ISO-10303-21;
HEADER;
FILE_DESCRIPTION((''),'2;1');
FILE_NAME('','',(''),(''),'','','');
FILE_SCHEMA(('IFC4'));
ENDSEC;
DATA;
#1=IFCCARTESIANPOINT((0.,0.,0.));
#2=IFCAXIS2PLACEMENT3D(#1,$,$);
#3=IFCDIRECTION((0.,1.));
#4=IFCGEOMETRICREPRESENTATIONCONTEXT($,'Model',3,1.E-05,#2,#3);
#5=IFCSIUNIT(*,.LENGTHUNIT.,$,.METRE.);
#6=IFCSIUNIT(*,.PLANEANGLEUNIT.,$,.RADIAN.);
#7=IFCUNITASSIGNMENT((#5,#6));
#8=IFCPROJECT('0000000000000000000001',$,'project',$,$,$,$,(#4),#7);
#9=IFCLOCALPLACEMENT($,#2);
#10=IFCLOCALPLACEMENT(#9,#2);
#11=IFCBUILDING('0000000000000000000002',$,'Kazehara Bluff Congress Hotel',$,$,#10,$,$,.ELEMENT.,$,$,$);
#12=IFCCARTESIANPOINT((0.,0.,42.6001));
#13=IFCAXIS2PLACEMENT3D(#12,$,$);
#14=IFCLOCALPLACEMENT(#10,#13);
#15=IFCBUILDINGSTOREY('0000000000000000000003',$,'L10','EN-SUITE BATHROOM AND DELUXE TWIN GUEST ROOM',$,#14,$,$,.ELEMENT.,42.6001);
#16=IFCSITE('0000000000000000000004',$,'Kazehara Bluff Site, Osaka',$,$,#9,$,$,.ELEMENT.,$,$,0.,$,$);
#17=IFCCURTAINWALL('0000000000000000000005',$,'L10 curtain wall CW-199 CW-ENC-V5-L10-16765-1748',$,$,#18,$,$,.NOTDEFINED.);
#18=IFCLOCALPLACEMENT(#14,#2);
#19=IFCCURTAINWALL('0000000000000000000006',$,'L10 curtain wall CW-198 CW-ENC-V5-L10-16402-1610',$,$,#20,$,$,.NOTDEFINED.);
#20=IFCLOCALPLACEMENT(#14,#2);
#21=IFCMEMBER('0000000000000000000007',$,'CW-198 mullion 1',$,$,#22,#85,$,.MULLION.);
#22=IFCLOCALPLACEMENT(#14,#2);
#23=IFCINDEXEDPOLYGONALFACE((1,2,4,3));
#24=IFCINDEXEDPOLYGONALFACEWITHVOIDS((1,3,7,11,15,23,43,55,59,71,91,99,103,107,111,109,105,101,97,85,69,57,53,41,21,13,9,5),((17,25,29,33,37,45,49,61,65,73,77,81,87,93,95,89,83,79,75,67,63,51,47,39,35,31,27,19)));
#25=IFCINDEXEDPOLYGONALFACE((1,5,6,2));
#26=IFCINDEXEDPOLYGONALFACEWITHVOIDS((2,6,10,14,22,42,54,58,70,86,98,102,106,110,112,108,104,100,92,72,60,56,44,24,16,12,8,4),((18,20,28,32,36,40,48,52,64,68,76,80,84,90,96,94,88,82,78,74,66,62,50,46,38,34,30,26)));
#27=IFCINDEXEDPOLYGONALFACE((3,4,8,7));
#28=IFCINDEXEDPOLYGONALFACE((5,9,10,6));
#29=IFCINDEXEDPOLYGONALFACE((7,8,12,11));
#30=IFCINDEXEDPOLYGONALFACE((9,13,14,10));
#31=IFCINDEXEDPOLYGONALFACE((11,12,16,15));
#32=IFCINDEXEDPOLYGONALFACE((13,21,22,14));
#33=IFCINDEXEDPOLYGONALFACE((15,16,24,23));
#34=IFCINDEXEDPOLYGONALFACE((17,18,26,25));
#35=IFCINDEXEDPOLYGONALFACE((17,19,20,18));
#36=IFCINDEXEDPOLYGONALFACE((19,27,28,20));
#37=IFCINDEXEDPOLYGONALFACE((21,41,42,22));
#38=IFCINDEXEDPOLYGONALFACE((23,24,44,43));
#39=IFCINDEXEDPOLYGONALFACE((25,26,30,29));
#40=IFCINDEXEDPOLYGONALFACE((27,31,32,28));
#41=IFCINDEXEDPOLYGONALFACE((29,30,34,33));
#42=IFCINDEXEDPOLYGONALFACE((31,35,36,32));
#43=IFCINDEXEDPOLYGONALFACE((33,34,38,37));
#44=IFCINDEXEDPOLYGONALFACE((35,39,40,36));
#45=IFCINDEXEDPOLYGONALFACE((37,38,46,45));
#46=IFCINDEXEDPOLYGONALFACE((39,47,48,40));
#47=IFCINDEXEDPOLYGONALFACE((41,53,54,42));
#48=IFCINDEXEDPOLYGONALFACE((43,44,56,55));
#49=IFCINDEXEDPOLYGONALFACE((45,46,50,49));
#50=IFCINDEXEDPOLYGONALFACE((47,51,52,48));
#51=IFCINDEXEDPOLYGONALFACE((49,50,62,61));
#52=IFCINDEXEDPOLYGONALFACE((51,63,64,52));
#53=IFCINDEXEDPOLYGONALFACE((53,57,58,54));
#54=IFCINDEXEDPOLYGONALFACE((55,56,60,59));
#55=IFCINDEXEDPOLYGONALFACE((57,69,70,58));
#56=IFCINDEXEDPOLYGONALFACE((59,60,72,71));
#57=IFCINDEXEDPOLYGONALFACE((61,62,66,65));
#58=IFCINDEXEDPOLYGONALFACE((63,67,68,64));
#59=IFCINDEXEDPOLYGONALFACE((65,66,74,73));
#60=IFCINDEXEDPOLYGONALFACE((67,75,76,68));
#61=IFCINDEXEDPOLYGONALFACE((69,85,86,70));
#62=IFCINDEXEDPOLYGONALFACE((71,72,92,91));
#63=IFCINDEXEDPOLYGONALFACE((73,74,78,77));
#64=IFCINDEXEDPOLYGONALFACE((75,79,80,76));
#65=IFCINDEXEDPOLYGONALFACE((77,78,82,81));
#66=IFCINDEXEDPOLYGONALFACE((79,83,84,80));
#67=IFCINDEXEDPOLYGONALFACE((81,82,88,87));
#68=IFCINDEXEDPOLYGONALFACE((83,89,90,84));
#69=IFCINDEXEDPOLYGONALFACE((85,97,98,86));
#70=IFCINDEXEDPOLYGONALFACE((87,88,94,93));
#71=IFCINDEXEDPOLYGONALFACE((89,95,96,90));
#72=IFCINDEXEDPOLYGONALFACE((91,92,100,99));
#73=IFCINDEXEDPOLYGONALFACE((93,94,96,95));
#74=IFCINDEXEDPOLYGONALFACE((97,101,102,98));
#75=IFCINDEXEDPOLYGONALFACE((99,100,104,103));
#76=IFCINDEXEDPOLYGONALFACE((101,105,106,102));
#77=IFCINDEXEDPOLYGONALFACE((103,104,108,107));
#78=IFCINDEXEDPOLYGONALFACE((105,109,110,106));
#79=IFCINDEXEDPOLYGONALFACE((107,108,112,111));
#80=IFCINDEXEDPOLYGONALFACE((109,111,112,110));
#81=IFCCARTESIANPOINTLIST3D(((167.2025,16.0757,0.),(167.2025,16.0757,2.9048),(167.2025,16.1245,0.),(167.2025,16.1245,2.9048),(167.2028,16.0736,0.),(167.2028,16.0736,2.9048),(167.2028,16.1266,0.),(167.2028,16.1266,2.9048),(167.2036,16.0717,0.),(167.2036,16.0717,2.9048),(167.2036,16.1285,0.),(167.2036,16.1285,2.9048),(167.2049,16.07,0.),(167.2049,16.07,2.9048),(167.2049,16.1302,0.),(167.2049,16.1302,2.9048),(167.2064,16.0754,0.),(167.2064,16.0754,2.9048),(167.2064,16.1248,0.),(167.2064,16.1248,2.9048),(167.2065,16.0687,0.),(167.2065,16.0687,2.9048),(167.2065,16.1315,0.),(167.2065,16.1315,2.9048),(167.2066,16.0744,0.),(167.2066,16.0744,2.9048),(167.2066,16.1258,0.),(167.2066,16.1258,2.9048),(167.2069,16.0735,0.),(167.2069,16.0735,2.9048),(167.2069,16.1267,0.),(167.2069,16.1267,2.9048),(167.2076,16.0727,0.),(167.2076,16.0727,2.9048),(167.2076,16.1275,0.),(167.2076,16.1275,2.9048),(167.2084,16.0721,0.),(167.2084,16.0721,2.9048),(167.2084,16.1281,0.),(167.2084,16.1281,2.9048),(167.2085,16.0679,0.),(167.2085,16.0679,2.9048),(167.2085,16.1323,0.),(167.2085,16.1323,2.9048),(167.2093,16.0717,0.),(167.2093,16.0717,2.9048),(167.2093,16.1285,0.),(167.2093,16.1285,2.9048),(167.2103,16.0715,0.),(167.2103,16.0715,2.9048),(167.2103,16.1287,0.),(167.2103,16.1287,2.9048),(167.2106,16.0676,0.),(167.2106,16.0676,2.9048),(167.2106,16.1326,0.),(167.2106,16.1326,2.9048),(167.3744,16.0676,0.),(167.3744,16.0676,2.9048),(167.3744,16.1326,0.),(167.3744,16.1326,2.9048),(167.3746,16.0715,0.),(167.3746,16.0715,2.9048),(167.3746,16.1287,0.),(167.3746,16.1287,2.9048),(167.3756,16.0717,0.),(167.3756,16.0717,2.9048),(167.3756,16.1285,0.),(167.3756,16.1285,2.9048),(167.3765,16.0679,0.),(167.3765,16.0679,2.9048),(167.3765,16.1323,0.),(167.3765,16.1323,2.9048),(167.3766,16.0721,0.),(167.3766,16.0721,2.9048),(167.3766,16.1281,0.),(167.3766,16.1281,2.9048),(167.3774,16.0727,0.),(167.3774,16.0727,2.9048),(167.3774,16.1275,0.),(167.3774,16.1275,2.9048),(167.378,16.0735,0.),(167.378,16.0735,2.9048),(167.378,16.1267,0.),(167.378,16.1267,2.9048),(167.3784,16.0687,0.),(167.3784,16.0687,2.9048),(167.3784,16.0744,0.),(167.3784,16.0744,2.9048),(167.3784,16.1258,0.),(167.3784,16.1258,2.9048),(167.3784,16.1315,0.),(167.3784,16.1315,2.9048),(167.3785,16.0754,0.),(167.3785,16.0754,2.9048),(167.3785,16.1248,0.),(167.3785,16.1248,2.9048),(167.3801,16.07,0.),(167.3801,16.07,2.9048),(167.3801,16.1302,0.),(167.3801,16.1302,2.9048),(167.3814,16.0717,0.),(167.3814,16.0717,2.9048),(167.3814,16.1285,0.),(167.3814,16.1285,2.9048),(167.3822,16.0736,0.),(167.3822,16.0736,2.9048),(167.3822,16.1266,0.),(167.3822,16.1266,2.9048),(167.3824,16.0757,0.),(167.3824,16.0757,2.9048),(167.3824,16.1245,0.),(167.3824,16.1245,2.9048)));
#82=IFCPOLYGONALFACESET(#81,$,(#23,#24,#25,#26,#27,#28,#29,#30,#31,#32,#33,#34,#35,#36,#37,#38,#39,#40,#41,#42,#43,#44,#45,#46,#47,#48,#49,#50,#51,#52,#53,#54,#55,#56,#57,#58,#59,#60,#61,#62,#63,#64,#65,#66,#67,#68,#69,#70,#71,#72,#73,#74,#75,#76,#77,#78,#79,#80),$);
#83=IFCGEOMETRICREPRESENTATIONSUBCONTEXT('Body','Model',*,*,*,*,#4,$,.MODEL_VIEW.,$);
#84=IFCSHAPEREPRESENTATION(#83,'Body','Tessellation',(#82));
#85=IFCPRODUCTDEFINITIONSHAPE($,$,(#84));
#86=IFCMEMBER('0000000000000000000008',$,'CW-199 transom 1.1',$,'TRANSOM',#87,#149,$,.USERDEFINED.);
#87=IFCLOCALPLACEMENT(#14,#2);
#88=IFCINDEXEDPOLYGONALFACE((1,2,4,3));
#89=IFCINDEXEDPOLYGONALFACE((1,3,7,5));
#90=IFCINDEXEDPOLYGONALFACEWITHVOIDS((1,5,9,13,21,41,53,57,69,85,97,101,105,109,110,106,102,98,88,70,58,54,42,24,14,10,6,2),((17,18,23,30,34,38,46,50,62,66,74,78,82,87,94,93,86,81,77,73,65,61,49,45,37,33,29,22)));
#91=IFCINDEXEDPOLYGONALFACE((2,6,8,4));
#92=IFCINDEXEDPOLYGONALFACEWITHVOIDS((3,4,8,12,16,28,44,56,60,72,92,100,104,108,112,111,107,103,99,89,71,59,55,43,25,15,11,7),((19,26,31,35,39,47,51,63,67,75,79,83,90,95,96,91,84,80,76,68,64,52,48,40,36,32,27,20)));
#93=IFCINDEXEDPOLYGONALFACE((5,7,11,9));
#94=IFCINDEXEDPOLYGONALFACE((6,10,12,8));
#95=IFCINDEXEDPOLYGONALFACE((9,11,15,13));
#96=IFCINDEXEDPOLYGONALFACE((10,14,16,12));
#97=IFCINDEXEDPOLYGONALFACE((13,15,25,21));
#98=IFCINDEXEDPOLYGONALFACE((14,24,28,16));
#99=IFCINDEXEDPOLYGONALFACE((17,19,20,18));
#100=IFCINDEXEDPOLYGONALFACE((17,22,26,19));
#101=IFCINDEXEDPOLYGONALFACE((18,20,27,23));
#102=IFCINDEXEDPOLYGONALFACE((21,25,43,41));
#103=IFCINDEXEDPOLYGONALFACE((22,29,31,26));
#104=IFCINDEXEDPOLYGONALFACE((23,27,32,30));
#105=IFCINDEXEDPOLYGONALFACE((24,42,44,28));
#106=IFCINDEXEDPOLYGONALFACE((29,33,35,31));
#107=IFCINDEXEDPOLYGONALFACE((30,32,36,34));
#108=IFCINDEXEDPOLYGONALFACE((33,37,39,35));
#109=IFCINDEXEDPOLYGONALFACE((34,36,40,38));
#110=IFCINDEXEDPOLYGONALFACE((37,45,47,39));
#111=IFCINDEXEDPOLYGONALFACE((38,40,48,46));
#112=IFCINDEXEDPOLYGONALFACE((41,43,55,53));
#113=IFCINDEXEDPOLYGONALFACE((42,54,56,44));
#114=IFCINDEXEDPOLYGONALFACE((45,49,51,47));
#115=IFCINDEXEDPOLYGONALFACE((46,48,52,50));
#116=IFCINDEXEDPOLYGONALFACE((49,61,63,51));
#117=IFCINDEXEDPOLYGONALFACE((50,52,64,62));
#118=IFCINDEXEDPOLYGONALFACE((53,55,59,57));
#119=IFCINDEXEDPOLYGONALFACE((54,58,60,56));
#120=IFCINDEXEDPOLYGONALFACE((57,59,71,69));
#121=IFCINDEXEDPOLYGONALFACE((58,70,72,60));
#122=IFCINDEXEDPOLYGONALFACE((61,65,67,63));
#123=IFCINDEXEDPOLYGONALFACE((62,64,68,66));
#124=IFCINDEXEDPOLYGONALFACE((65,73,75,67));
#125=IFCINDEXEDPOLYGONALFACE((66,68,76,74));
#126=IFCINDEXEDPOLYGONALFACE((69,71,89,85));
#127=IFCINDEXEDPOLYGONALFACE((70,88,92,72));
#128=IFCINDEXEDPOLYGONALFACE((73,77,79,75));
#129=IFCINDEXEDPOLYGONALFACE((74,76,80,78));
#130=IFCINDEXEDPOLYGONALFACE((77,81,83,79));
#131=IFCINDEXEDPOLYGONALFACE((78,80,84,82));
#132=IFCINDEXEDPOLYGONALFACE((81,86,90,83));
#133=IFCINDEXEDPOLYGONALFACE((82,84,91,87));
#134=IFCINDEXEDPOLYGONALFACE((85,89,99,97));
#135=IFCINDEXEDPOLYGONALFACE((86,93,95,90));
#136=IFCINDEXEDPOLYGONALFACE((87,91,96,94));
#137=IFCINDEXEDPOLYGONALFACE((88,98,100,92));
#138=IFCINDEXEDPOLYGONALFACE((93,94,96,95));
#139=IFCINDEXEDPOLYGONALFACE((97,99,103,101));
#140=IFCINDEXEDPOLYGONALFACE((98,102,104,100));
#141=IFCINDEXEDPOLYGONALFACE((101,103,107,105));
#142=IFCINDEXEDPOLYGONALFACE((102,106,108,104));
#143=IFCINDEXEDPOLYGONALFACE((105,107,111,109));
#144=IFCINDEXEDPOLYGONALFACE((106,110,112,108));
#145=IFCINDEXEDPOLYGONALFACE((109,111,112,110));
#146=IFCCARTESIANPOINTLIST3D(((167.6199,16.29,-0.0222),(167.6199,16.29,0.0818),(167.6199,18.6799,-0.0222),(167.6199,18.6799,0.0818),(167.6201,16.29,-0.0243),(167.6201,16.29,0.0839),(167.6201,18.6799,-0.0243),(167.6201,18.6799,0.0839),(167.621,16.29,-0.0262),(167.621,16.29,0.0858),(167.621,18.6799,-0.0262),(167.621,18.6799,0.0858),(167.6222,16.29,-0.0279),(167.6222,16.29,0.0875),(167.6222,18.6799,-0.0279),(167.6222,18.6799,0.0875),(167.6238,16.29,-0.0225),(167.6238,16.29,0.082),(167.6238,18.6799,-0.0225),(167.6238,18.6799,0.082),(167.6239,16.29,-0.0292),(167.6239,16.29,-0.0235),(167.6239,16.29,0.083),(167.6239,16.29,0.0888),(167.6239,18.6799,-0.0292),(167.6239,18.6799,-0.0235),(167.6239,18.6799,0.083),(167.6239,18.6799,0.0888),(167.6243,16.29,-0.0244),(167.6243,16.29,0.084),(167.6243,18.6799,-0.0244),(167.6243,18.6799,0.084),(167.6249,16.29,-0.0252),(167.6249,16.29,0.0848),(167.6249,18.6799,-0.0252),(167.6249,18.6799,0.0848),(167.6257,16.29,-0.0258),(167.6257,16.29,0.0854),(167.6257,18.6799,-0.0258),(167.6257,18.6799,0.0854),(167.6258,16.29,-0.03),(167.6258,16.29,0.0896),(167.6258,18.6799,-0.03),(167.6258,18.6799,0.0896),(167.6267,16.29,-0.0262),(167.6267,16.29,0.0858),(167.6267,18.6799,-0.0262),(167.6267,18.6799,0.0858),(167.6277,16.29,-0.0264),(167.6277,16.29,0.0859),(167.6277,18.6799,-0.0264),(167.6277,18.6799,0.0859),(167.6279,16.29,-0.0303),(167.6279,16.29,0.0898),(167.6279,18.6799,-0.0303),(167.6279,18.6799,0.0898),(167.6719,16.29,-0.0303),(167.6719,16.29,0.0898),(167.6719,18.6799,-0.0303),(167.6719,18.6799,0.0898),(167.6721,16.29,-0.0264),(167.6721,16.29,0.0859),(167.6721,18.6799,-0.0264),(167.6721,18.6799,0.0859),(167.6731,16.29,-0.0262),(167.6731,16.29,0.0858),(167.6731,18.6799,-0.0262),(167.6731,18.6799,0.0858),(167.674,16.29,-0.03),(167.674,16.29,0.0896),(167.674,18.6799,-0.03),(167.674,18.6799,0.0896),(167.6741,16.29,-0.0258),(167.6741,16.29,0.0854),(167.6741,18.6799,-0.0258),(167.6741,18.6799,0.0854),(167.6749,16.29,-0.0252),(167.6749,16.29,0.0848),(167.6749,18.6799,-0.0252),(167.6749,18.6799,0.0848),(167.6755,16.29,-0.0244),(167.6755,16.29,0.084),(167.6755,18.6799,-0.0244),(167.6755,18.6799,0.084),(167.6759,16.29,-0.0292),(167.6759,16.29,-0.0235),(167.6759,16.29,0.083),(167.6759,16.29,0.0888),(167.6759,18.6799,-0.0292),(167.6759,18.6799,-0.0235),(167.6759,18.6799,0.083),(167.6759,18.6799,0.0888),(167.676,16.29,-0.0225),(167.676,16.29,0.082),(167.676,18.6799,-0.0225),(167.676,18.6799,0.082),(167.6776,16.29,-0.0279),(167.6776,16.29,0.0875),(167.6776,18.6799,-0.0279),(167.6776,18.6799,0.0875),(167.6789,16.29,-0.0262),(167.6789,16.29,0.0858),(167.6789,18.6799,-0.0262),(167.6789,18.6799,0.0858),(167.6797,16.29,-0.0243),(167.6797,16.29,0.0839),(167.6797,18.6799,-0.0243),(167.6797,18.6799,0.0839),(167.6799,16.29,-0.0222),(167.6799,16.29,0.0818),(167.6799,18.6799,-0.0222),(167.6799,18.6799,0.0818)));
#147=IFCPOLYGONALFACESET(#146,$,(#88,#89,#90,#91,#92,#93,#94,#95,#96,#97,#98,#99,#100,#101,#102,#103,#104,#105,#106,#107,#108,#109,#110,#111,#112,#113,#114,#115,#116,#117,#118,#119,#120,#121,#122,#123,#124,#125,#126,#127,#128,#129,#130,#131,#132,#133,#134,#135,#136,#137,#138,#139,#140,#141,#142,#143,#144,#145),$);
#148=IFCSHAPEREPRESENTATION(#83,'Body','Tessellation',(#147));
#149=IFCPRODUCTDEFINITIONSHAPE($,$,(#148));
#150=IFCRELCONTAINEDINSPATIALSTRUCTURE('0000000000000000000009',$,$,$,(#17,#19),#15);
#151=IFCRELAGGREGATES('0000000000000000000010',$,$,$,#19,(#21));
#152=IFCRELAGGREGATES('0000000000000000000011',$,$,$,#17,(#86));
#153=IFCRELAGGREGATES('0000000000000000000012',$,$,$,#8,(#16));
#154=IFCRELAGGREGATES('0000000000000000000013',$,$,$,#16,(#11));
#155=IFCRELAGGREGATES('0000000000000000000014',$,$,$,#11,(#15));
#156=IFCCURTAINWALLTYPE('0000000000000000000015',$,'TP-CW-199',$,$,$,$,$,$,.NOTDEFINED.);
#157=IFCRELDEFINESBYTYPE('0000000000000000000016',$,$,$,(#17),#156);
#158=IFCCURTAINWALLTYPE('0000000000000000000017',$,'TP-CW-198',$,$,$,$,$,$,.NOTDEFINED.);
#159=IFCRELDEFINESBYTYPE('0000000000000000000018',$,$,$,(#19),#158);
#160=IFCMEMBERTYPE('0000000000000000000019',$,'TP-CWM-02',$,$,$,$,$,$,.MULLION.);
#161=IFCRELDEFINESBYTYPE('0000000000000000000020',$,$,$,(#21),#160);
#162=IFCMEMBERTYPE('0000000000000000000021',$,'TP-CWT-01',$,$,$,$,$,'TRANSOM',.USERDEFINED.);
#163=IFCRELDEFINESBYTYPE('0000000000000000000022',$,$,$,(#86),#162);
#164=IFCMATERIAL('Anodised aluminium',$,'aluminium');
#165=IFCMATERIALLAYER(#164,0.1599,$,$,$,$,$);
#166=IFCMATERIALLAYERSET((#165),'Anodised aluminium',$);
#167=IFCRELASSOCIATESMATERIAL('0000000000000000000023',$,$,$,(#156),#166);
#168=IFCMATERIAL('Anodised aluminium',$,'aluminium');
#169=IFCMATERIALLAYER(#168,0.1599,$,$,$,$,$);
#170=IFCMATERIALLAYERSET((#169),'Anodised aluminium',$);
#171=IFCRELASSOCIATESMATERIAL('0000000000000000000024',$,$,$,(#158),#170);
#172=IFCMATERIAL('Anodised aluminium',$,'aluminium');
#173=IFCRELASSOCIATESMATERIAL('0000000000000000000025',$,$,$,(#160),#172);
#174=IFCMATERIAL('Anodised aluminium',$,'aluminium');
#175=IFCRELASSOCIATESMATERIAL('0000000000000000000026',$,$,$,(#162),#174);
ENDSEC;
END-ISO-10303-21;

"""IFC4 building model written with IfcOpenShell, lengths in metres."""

from ifc_helpers import new_model, si_unit, direction, frame, origin, origin_2d, place, context, subcontext, project, spatial, hollow_rectangle, extrude, material, layer, layer_set, material_profile, profile_set, type_object, element, aggregate, save


model = new_model("IFC4")

# Units and contexts
model_context = context("Model", 3, precision=1e-05, world=origin(), true_north=direction((0.0, 1.0)))
body_context = subcontext(model_context, "Body", "Model", "MODEL_VIEW")
ifc_project = project(units=[si_unit("LENGTHUNIT", "METRE"), si_unit("PLANEANGLEUNIT", "RADIAN")], contexts=[model_context])

# Site, building, storey
site_placement = place(None, origin())
site = spatial("IfcSite", under=ifc_project, at=site_placement, Name="Kazehara Bluff Site, Osaka", CompositionType="ELEMENT", RefElevation=0.0)
building_placement = place(site_placement, origin())
building = spatial("IfcBuilding", under=site, at=building_placement, Name="Kazehara Bluff Congress Hotel", CompositionType="ELEMENT")
storey_placement = place(building_placement, frame((0.0, 0.0, 42.6001)))
storey = spatial("IfcBuildingStorey", under=building, at=storey_placement, Name="L10", Description="EN-SUITE BATHROOM AND DELUXE TWIN GUEST ROOM", CompositionType="ELEMENT", Elevation=42.6001)

# Curtain wall
ifc_material_1 = material(Name="Anodised aluminium", Category="aluminium")
ifc_layer_1 = layer(ifc_material_1, 0.1599)
ifc_layer_set_1 = layer_set([ifc_layer_1], Name="Anodised aluminium")
curtain_wall_type_1 = type_object("IfcCurtainWallType", Name="TP-CW-199", PredefinedType="NOTDEFINED", material=ifc_layer_set_1)
curtain_wall_1_placement = place(storey_placement, origin())
curtain_wall_1 = element("IfcCurtainWall", 1, at=curtain_wall_1_placement, inside=storey, type_object=curtain_wall_type_1, Name="L10 curtain wall CW-199 CW-ENC-V5-L10-16765-1748", PredefinedType="NOTDEFINED")

# Curtain wall, member
ifc_material_2 = material(Name="Anodised aluminium", Category="aluminium")
ifc_layer_2 = layer(ifc_material_2, 0.1599)
ifc_layer_set_2 = layer_set([ifc_layer_2], Name="Anodised aluminium")
curtain_wall_type_2 = type_object("IfcCurtainWallType", Name="TP-CW-198", PredefinedType="NOTDEFINED", material=ifc_layer_set_2)
curtain_wall_2_placement = place(storey_placement, origin())
curtain_wall_2 = element("IfcCurtainWall", 2, at=curtain_wall_2_placement, inside=storey, type_object=curtain_wall_type_2, Name="L10 curtain wall CW-198 CW-ENC-V5-L10-16402-1610", PredefinedType="NOTDEFINED")
ifc_material_3 = material(Name="Anodised aluminium", Category="aluminium")
ifc_material_profile_1 = material_profile(ifc_material_3, hollow_rectangle(XDim=0.0649, YDim=0.1799, WallThickness=0.0039, InnerFilletRadius=0.0039, OuterFilletRadius=0.0081, at=origin_2d()))
ifc_profile_set_1 = profile_set([ifc_material_profile_1], Name="Anodised aluminium")
member_type_1 = type_object("IfcMemberType", Name="TP-CWM-02", PredefinedType="MULLION", material=ifc_profile_set_1)
member_1_placement = place(storey_placement, frame((167.2925, 16.1001, 0.0), z_axis=(0.0, 0.0, 1.0), x_axis=(0.0, -1.0, 0.0)))
member_1 = element("IfcMember", 3, at=member_1_placement, type_object=member_type_1, Name="CW-198 mullion 1", PredefinedType="MULLION", context=body_context, shape_type="SweptSolid", body=[
    extrude(hollow_rectangle(XDim=0.0649, YDim=0.1799, WallThickness=0.0039, InnerFilletRadius=0.0039, OuterFilletRadius=0.0081, at=origin_2d()), origin(), (0.0, 0.0, 1.0), 2.9048),
])

# Member
ifc_material_4 = material(Name="Anodised aluminium", Category="aluminium")
ifc_material_profile_2 = material_profile(ifc_material_4, hollow_rectangle(XDim=0.0601, YDim=0.1201, WallThickness=0.0039, InnerFilletRadius=0.0039, OuterFilletRadius=0.0081, at=origin_2d()))
ifc_profile_set_2 = profile_set([ifc_material_profile_2], Name="Anodised aluminium")
member_type_2 = type_object("IfcMemberType", Name="TP-CWT-01", ElementType="TRANSOM", PredefinedType="USERDEFINED", material=ifc_profile_set_2)
member_2_placement = place(storey_placement, frame((167.6499, 18.6799, 0.0298), z_axis=(0.0, -1.0, 0.0), x_axis=(1.0, 0.0, 0.0)))
member_2 = element("IfcMember", 4, at=member_2_placement, type_object=member_type_2, Name="CW-199 transom 1.1", ObjectType="TRANSOM", PredefinedType="USERDEFINED", context=body_context, shape_type="SweptSolid", body=[
    extrude(hollow_rectangle(XDim=0.0601, YDim=0.1201, WallThickness=0.0039, InnerFilletRadius=0.0039, OuterFilletRadius=0.0081, at=origin_2d()), origin(), (0.0, 0.0, 1.0), 2.3899),
])
aggregate(curtain_wall_2, [member_1])

aggregate(curtain_wall_1, [member_2])

save(model, "model.ifc")
